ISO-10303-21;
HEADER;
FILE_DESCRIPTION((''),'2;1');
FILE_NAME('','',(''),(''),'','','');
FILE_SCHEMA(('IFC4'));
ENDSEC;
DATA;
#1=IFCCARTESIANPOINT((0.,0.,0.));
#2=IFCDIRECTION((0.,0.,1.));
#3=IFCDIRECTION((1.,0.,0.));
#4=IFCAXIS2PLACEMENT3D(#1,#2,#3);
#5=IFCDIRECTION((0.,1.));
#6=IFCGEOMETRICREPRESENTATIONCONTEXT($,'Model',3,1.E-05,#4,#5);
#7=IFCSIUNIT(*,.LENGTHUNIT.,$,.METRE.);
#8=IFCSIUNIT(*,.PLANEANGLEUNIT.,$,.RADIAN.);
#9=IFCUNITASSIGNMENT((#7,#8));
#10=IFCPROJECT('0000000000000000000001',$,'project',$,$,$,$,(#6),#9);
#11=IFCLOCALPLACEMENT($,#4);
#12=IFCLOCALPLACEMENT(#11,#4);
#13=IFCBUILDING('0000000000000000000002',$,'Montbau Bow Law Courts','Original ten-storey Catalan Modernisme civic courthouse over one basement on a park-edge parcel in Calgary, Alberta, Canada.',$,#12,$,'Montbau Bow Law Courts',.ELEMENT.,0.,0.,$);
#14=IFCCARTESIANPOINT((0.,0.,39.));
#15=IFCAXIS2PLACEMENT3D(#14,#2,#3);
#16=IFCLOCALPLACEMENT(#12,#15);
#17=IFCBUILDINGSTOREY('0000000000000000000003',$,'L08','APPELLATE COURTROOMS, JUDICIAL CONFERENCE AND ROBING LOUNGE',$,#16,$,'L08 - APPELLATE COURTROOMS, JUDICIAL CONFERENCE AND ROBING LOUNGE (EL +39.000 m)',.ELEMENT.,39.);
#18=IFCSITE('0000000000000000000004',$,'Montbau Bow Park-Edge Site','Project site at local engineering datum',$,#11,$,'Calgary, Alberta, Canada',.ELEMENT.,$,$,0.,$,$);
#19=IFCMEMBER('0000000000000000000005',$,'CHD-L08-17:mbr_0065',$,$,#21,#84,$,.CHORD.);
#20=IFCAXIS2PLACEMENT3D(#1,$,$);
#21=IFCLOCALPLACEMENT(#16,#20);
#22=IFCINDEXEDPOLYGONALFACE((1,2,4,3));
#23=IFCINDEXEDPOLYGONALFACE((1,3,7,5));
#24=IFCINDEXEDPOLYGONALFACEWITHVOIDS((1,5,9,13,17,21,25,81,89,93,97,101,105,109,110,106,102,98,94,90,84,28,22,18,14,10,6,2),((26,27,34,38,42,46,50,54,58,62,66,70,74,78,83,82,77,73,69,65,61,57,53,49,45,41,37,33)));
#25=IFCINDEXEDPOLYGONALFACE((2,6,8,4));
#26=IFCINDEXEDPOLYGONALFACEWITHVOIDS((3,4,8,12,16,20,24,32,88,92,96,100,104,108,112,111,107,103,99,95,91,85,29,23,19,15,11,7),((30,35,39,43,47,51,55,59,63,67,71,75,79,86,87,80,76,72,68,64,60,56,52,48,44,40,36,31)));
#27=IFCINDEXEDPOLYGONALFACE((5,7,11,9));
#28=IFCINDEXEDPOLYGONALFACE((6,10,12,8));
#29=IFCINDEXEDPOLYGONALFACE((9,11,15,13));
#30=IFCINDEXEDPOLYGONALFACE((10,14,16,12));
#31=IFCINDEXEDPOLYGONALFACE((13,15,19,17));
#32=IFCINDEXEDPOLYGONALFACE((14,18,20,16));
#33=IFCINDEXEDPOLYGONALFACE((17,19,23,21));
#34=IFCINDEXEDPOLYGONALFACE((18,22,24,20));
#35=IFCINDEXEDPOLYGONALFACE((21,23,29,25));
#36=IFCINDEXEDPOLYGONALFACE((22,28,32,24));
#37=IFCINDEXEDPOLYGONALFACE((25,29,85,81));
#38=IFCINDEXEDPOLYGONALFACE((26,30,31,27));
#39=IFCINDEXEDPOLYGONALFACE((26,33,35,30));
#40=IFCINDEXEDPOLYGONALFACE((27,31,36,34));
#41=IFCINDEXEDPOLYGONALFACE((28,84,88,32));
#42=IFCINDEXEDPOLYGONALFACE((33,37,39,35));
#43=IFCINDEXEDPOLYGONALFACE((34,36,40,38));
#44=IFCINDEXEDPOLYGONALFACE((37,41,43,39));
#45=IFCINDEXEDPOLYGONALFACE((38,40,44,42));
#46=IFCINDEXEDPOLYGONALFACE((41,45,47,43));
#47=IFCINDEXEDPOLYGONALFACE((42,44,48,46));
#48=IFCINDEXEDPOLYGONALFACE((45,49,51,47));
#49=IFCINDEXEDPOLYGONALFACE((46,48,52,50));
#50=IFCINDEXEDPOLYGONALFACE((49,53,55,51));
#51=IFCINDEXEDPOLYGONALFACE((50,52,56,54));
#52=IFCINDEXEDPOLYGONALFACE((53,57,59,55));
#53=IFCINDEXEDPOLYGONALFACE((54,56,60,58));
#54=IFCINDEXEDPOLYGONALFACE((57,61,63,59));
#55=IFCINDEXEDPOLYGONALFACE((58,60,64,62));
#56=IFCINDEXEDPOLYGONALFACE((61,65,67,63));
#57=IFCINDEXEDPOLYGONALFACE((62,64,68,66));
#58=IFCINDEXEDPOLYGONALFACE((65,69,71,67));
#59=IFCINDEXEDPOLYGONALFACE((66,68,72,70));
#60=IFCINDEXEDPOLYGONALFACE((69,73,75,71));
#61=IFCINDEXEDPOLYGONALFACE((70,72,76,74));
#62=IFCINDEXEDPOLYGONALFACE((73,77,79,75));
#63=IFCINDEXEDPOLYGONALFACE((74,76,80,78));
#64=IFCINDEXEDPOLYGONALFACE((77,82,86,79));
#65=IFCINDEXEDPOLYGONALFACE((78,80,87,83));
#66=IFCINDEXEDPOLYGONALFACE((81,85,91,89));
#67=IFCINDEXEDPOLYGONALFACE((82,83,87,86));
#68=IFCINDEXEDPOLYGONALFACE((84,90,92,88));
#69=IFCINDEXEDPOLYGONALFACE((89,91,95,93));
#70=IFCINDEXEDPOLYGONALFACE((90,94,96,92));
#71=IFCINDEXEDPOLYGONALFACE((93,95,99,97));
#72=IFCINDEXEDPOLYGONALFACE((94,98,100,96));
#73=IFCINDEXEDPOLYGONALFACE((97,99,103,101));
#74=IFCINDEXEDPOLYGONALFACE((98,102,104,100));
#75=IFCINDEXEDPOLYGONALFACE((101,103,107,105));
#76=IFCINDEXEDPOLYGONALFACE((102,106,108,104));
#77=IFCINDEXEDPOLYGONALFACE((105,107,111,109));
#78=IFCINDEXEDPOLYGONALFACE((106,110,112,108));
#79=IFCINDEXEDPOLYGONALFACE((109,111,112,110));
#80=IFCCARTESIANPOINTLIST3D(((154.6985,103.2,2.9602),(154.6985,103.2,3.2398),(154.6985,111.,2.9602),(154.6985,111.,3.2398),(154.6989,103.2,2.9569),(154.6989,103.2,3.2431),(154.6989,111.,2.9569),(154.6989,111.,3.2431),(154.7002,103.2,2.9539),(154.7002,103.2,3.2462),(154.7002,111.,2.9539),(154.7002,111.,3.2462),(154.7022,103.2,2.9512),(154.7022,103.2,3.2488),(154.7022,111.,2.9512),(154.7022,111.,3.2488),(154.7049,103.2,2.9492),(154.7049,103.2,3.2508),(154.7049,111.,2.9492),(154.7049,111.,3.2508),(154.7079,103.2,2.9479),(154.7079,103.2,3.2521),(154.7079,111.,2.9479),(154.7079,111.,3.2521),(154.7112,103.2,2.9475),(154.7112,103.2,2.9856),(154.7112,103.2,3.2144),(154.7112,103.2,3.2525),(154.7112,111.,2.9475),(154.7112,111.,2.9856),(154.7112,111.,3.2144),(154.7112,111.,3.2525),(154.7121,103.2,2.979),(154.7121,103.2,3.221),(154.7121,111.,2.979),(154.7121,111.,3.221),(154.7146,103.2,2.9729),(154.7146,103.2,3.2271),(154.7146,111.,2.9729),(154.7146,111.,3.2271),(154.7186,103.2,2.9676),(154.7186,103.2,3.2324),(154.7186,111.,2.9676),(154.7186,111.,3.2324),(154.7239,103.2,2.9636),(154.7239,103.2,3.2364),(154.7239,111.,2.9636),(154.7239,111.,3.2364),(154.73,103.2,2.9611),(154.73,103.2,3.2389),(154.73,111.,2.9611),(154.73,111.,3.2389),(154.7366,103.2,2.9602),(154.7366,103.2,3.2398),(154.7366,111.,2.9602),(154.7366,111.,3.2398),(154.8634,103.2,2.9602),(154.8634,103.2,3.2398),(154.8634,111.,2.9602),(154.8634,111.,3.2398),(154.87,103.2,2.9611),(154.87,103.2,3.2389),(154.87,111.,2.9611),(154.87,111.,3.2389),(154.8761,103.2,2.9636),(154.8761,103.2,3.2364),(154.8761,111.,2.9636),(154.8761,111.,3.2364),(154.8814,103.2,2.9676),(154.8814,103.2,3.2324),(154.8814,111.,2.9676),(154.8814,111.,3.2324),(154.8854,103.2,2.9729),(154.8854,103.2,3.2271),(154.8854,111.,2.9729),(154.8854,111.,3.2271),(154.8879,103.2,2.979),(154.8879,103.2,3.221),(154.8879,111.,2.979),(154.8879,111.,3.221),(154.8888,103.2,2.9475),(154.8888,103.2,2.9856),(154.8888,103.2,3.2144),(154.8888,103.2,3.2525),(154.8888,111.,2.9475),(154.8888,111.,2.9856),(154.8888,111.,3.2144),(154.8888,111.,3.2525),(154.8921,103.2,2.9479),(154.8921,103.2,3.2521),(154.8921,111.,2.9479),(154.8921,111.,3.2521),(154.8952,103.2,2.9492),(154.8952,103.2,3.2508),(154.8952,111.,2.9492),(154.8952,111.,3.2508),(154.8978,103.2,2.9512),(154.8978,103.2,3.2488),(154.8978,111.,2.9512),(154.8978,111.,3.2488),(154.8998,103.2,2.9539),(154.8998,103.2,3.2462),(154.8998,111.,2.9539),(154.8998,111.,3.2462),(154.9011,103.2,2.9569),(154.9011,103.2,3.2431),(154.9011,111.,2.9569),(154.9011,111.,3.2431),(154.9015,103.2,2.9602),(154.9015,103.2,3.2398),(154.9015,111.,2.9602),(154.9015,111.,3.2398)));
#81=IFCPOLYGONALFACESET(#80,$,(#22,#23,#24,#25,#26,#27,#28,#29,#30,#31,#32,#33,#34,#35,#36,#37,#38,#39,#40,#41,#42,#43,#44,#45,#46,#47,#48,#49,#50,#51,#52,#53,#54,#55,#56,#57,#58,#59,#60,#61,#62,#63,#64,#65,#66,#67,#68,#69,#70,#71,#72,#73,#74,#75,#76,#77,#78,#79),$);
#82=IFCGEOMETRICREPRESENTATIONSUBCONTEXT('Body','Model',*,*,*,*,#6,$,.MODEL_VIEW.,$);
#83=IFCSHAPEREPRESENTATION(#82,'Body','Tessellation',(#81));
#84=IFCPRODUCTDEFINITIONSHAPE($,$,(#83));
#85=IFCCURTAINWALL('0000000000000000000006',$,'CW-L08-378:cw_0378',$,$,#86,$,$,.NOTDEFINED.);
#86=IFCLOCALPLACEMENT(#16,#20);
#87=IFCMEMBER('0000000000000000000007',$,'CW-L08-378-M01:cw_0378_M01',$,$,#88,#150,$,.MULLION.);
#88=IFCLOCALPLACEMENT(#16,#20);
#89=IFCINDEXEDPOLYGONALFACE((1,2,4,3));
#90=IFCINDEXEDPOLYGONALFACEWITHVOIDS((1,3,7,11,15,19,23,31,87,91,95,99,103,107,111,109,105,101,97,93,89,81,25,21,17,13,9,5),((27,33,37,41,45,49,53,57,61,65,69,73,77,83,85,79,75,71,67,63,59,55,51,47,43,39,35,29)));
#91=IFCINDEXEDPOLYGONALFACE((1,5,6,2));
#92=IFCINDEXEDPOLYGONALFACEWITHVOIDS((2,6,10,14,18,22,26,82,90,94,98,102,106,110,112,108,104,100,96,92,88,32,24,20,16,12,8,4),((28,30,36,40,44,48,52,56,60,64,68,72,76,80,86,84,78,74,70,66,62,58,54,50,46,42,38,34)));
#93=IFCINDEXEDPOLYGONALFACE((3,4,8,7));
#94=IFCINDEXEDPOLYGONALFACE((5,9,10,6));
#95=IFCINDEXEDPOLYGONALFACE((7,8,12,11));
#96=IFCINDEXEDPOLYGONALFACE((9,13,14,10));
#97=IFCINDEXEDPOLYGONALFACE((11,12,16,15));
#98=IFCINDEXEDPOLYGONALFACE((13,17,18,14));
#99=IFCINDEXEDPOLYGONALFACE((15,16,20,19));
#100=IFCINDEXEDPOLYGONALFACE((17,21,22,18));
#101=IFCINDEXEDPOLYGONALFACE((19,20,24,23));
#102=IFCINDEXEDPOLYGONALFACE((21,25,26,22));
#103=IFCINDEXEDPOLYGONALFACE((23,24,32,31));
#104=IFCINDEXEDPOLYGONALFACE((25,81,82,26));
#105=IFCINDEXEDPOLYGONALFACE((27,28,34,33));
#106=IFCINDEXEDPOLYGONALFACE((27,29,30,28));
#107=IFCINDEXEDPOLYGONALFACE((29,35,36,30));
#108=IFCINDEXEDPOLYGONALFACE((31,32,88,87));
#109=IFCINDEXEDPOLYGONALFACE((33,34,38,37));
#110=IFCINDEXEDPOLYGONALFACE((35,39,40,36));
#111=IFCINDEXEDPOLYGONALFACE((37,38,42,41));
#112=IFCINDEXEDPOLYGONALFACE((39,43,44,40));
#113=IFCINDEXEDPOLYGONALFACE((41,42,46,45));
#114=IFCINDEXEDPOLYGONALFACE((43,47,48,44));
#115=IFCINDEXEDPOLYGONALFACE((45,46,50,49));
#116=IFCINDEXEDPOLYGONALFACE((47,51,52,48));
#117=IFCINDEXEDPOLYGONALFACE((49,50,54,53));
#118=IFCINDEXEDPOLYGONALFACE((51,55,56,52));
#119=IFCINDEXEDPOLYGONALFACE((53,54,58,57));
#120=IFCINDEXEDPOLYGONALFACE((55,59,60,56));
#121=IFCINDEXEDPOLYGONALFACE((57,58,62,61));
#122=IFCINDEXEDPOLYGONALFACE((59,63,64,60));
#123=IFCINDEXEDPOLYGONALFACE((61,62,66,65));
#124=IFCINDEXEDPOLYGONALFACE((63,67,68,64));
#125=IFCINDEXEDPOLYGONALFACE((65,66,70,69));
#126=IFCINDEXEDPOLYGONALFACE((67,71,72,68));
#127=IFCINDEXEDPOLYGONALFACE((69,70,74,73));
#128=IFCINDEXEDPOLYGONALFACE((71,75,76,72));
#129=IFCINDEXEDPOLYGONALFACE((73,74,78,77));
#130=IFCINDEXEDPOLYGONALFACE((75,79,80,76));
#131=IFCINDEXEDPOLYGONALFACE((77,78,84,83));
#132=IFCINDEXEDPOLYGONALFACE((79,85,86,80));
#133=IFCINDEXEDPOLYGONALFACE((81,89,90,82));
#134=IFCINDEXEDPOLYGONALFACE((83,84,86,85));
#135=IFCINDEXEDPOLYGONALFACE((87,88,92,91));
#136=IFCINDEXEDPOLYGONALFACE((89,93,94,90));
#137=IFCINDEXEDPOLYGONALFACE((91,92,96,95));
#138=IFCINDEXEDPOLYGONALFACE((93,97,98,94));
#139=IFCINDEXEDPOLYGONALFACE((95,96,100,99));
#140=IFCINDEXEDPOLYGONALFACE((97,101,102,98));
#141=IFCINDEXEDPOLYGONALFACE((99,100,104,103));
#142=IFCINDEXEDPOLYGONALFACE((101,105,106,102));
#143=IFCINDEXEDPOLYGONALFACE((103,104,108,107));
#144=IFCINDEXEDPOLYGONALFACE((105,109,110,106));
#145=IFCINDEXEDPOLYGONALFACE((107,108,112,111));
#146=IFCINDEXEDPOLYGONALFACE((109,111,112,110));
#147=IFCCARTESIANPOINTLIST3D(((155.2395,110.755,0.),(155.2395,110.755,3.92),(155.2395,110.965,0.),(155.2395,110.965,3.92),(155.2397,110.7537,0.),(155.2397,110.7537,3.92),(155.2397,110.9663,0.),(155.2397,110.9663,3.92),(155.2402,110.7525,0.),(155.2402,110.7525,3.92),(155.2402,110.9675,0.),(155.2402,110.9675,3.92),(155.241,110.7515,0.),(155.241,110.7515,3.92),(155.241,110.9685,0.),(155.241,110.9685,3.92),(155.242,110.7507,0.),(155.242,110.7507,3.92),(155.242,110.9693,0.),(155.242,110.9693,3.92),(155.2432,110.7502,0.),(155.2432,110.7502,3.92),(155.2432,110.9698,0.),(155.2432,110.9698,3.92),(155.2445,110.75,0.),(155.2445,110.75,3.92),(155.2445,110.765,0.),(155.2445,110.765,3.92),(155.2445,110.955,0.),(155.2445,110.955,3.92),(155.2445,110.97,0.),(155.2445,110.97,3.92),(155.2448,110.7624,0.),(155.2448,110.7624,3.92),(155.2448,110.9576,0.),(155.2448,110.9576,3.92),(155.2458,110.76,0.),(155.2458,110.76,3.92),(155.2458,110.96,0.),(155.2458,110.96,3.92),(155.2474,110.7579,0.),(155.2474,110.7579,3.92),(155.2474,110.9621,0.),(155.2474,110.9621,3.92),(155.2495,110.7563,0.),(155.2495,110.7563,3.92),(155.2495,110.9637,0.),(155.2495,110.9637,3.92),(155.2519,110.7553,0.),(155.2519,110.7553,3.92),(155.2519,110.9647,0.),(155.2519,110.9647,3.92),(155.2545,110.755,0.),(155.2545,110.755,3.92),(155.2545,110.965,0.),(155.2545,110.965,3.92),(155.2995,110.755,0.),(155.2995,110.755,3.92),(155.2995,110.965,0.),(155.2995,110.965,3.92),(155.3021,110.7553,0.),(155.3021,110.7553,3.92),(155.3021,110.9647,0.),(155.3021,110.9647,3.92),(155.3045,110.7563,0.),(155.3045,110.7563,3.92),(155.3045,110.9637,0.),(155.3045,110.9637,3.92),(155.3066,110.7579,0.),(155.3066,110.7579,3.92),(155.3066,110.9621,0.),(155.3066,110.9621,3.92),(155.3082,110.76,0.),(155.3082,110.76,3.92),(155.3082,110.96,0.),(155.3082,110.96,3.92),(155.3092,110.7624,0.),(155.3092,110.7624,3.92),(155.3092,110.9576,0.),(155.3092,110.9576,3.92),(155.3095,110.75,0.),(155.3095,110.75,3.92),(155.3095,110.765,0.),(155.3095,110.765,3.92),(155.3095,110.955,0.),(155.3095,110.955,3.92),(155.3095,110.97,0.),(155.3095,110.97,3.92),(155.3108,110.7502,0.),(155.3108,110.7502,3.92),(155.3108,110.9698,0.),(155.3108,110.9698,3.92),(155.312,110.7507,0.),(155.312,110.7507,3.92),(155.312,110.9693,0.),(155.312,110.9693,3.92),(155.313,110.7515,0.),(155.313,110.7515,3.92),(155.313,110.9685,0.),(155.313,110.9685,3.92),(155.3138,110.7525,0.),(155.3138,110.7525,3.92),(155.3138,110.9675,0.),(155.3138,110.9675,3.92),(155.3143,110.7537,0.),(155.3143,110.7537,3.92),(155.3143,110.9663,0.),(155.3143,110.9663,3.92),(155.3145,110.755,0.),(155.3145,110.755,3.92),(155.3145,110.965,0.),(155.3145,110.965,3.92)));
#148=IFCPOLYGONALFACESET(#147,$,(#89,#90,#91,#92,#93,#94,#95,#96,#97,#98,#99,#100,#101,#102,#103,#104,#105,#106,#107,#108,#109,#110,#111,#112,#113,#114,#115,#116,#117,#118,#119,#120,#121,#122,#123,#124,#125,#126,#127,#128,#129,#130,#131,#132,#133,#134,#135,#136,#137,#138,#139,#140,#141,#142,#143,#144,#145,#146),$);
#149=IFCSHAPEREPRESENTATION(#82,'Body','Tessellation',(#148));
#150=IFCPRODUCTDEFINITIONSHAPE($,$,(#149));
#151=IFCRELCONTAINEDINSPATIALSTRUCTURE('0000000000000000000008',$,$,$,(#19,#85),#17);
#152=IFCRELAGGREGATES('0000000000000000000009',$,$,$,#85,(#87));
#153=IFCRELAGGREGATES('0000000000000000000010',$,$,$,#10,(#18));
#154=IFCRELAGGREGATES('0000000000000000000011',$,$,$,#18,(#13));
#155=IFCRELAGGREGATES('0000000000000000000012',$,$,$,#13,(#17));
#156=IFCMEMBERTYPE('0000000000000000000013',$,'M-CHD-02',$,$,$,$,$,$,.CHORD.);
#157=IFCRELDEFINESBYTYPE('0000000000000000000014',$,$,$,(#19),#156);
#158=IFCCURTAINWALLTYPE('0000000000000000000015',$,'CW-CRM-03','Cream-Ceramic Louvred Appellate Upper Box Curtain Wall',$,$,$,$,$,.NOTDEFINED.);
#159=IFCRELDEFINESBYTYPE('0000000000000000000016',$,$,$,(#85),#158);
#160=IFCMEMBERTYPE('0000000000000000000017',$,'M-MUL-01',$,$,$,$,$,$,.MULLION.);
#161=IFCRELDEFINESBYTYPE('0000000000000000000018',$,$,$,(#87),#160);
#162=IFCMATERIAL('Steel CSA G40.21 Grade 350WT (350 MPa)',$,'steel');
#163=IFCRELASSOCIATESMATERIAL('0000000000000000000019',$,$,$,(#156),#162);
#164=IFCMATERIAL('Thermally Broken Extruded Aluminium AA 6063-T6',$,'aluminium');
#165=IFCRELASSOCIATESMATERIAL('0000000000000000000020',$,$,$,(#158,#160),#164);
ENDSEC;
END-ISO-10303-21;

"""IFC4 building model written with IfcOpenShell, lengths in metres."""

from ifc_helpers import new_model, si_unit, direction, frame, origin_with_axes, origin_2d_with_axis, place, context, subcontext, project, spatial, hollow_rectangle, extrude, material, material_profile, profile_set, type_object, element, aggregate, save


model = new_model("IFC4")

# Units and contexts
model_context = context("Model", 3, precision=1e-05, world=origin_with_axes(), true_north=direction((0.0, 1.0)))
body_context = subcontext(model_context, "Body", "Model", "MODEL_VIEW")
ifc_project = project(units=[si_unit("LENGTHUNIT", "METRE"), si_unit("PLANEANGLEUNIT", "RADIAN")], contexts=[model_context])

# Site, building, storey
site_placement = place(None, origin_with_axes())
site = spatial("IfcSite", under=ifc_project, at=site_placement, Name="Montbau Bow Park-Edge Site", Description="Project site at local engineering datum", LongName="Calgary, Alberta, Canada", CompositionType="ELEMENT", RefElevation=0.0)
building_placement = place(site_placement, origin_with_axes())
building = spatial("IfcBuilding", under=site, at=building_placement, Name="Montbau Bow Law Courts", Description="Original ten-storey Catalan Modernisme civic courthouse over one basement on a park-edge parcel in Calgary, Alberta, Canada.", LongName="Montbau Bow Law Courts", CompositionType="ELEMENT", ElevationOfRefHeight=0.0, ElevationOfTerrain=0.0)
storey_placement = place(building_placement, frame((0.0, 0.0, 39.0), z_axis=(0.0, 0.0, 1.0), x_axis=(1.0, 0.0, 0.0)))
storey = spatial("IfcBuildingStorey", under=building, at=storey_placement, Name="L08", Description="APPELLATE COURTROOMS, JUDICIAL CONFERENCE AND ROBING LOUNGE", LongName="L08 - APPELLATE COURTROOMS, JUDICIAL CONFERENCE AND ROBING LOUNGE (EL +39.000 m)", CompositionType="ELEMENT", Elevation=39.0)

# Shared definitions
ifc_material_1 = material(Name="Steel CSA G40.21 Grade 350WT (350 MPa)", Category="steel")

# Member
ifc_material_profile_1 = material_profile(ifc_material_1, hollow_rectangle(XDim=0.203, YDim=0.305, WallThickness=0.0127, InnerFilletRadius=0.0254, OuterFilletRadius=0.0127, at=origin_2d_with_axis()), Name="HSS305X203X13", Category="Main", Priority=0)
ifc_profile_set_1 = profile_set([ifc_material_profile_1], Name="Steel CSA G40.21 Grade 350WT (350 MPa)")
member_type_1 = type_object("IfcMemberType", Name="M-CHD-02", PredefinedType="CHORD", material=ifc_profile_set_1)
for number, where, z_axis, x_axis, name in (
    (1, (154.8, 103.2, 42.1), (0.0, 1.0, 0.0), (-1.0, 0.0, 0.0), "CHD-L08-17:mbr_0065"),
):
    element("IfcMember", number, at=place(None, frame(where, z_axis=z_axis, x_axis=x_axis)), inside=storey, type_object=member_type_1, Name=name, PredefinedType="CHORD", context=body_context, shape_type="SweptSolid", body=[
        extrude(hollow_rectangle(XDim=0.203, YDim=0.305, WallThickness=0.0127, InnerFilletRadius=0.0254, OuterFilletRadius=0.0127, at=origin_2d_with_axis()), origin_with_axes(), (0.0, 0.0, 1.0), 7.8),
    ])

# Curtain wall, member
ifc_material_2 = material(Name="Thermally Broken Extruded Aluminium AA 6063-T6", Category="aluminium")
curtain_wall_type = type_object("IfcCurtainWallType", Name="CW-CRM-03", Description="Cream-Ceramic Louvred Appellate Upper Box Curtain Wall", PredefinedType="NOTDEFINED", material=ifc_material_2)
curtain_wall_1_placement = place(None, frame((155.24, 110.86, 39.0), z_axis=(0.0, 0.0, 1.0), x_axis=(1.0, 0.0, 0.0)))
curtain_wall_1 = element("IfcCurtainWall", 2, at=curtain_wall_1_placement, inside=storey, type_object=curtain_wall_type, Name="CW-L08-378:cw_0378", PredefinedType="NOTDEFINED")
ifc_material_profile_2 = material_profile(ifc_material_2, hollow_rectangle(XDim=0.075, YDim=0.22, WallThickness=0.005, InnerFilletRadius=0.01, OuterFilletRadius=0.005, at=origin_2d_with_axis()), Name="CWM-220X75", Category="Main", Priority=0)
ifc_profile_set_2 = profile_set([ifc_material_profile_2], Name="Thermally Broken Extruded Aluminium AA 6063-T6")
member_type_2 = type_object("IfcMemberType", Name="M-MUL-01", PredefinedType="MULLION", material=ifc_profile_set_2)
member_1_placement = place(None, frame((155.277, 110.86, 39.0), z_axis=(0.0, 0.0, 1.0), x_axis=(1.0, 0.0, 0.0)))
member_1 = element("IfcMember", 3, at=member_1_placement, type_object=member_type_2, Name="CW-L08-378-M01:cw_0378_M01", PredefinedType="MULLION", context=body_context, shape_type="SweptSolid", body=[
    extrude(hollow_rectangle(XDim=0.075, YDim=0.22, WallThickness=0.005, InnerFilletRadius=0.01, OuterFilletRadius=0.005, at=origin_2d_with_axis()), origin_with_axes(), (0.0, 0.0, 1.0), 3.92),
])

aggregate(curtain_wall_1, [member_1])

save(model, "model.ifc")
